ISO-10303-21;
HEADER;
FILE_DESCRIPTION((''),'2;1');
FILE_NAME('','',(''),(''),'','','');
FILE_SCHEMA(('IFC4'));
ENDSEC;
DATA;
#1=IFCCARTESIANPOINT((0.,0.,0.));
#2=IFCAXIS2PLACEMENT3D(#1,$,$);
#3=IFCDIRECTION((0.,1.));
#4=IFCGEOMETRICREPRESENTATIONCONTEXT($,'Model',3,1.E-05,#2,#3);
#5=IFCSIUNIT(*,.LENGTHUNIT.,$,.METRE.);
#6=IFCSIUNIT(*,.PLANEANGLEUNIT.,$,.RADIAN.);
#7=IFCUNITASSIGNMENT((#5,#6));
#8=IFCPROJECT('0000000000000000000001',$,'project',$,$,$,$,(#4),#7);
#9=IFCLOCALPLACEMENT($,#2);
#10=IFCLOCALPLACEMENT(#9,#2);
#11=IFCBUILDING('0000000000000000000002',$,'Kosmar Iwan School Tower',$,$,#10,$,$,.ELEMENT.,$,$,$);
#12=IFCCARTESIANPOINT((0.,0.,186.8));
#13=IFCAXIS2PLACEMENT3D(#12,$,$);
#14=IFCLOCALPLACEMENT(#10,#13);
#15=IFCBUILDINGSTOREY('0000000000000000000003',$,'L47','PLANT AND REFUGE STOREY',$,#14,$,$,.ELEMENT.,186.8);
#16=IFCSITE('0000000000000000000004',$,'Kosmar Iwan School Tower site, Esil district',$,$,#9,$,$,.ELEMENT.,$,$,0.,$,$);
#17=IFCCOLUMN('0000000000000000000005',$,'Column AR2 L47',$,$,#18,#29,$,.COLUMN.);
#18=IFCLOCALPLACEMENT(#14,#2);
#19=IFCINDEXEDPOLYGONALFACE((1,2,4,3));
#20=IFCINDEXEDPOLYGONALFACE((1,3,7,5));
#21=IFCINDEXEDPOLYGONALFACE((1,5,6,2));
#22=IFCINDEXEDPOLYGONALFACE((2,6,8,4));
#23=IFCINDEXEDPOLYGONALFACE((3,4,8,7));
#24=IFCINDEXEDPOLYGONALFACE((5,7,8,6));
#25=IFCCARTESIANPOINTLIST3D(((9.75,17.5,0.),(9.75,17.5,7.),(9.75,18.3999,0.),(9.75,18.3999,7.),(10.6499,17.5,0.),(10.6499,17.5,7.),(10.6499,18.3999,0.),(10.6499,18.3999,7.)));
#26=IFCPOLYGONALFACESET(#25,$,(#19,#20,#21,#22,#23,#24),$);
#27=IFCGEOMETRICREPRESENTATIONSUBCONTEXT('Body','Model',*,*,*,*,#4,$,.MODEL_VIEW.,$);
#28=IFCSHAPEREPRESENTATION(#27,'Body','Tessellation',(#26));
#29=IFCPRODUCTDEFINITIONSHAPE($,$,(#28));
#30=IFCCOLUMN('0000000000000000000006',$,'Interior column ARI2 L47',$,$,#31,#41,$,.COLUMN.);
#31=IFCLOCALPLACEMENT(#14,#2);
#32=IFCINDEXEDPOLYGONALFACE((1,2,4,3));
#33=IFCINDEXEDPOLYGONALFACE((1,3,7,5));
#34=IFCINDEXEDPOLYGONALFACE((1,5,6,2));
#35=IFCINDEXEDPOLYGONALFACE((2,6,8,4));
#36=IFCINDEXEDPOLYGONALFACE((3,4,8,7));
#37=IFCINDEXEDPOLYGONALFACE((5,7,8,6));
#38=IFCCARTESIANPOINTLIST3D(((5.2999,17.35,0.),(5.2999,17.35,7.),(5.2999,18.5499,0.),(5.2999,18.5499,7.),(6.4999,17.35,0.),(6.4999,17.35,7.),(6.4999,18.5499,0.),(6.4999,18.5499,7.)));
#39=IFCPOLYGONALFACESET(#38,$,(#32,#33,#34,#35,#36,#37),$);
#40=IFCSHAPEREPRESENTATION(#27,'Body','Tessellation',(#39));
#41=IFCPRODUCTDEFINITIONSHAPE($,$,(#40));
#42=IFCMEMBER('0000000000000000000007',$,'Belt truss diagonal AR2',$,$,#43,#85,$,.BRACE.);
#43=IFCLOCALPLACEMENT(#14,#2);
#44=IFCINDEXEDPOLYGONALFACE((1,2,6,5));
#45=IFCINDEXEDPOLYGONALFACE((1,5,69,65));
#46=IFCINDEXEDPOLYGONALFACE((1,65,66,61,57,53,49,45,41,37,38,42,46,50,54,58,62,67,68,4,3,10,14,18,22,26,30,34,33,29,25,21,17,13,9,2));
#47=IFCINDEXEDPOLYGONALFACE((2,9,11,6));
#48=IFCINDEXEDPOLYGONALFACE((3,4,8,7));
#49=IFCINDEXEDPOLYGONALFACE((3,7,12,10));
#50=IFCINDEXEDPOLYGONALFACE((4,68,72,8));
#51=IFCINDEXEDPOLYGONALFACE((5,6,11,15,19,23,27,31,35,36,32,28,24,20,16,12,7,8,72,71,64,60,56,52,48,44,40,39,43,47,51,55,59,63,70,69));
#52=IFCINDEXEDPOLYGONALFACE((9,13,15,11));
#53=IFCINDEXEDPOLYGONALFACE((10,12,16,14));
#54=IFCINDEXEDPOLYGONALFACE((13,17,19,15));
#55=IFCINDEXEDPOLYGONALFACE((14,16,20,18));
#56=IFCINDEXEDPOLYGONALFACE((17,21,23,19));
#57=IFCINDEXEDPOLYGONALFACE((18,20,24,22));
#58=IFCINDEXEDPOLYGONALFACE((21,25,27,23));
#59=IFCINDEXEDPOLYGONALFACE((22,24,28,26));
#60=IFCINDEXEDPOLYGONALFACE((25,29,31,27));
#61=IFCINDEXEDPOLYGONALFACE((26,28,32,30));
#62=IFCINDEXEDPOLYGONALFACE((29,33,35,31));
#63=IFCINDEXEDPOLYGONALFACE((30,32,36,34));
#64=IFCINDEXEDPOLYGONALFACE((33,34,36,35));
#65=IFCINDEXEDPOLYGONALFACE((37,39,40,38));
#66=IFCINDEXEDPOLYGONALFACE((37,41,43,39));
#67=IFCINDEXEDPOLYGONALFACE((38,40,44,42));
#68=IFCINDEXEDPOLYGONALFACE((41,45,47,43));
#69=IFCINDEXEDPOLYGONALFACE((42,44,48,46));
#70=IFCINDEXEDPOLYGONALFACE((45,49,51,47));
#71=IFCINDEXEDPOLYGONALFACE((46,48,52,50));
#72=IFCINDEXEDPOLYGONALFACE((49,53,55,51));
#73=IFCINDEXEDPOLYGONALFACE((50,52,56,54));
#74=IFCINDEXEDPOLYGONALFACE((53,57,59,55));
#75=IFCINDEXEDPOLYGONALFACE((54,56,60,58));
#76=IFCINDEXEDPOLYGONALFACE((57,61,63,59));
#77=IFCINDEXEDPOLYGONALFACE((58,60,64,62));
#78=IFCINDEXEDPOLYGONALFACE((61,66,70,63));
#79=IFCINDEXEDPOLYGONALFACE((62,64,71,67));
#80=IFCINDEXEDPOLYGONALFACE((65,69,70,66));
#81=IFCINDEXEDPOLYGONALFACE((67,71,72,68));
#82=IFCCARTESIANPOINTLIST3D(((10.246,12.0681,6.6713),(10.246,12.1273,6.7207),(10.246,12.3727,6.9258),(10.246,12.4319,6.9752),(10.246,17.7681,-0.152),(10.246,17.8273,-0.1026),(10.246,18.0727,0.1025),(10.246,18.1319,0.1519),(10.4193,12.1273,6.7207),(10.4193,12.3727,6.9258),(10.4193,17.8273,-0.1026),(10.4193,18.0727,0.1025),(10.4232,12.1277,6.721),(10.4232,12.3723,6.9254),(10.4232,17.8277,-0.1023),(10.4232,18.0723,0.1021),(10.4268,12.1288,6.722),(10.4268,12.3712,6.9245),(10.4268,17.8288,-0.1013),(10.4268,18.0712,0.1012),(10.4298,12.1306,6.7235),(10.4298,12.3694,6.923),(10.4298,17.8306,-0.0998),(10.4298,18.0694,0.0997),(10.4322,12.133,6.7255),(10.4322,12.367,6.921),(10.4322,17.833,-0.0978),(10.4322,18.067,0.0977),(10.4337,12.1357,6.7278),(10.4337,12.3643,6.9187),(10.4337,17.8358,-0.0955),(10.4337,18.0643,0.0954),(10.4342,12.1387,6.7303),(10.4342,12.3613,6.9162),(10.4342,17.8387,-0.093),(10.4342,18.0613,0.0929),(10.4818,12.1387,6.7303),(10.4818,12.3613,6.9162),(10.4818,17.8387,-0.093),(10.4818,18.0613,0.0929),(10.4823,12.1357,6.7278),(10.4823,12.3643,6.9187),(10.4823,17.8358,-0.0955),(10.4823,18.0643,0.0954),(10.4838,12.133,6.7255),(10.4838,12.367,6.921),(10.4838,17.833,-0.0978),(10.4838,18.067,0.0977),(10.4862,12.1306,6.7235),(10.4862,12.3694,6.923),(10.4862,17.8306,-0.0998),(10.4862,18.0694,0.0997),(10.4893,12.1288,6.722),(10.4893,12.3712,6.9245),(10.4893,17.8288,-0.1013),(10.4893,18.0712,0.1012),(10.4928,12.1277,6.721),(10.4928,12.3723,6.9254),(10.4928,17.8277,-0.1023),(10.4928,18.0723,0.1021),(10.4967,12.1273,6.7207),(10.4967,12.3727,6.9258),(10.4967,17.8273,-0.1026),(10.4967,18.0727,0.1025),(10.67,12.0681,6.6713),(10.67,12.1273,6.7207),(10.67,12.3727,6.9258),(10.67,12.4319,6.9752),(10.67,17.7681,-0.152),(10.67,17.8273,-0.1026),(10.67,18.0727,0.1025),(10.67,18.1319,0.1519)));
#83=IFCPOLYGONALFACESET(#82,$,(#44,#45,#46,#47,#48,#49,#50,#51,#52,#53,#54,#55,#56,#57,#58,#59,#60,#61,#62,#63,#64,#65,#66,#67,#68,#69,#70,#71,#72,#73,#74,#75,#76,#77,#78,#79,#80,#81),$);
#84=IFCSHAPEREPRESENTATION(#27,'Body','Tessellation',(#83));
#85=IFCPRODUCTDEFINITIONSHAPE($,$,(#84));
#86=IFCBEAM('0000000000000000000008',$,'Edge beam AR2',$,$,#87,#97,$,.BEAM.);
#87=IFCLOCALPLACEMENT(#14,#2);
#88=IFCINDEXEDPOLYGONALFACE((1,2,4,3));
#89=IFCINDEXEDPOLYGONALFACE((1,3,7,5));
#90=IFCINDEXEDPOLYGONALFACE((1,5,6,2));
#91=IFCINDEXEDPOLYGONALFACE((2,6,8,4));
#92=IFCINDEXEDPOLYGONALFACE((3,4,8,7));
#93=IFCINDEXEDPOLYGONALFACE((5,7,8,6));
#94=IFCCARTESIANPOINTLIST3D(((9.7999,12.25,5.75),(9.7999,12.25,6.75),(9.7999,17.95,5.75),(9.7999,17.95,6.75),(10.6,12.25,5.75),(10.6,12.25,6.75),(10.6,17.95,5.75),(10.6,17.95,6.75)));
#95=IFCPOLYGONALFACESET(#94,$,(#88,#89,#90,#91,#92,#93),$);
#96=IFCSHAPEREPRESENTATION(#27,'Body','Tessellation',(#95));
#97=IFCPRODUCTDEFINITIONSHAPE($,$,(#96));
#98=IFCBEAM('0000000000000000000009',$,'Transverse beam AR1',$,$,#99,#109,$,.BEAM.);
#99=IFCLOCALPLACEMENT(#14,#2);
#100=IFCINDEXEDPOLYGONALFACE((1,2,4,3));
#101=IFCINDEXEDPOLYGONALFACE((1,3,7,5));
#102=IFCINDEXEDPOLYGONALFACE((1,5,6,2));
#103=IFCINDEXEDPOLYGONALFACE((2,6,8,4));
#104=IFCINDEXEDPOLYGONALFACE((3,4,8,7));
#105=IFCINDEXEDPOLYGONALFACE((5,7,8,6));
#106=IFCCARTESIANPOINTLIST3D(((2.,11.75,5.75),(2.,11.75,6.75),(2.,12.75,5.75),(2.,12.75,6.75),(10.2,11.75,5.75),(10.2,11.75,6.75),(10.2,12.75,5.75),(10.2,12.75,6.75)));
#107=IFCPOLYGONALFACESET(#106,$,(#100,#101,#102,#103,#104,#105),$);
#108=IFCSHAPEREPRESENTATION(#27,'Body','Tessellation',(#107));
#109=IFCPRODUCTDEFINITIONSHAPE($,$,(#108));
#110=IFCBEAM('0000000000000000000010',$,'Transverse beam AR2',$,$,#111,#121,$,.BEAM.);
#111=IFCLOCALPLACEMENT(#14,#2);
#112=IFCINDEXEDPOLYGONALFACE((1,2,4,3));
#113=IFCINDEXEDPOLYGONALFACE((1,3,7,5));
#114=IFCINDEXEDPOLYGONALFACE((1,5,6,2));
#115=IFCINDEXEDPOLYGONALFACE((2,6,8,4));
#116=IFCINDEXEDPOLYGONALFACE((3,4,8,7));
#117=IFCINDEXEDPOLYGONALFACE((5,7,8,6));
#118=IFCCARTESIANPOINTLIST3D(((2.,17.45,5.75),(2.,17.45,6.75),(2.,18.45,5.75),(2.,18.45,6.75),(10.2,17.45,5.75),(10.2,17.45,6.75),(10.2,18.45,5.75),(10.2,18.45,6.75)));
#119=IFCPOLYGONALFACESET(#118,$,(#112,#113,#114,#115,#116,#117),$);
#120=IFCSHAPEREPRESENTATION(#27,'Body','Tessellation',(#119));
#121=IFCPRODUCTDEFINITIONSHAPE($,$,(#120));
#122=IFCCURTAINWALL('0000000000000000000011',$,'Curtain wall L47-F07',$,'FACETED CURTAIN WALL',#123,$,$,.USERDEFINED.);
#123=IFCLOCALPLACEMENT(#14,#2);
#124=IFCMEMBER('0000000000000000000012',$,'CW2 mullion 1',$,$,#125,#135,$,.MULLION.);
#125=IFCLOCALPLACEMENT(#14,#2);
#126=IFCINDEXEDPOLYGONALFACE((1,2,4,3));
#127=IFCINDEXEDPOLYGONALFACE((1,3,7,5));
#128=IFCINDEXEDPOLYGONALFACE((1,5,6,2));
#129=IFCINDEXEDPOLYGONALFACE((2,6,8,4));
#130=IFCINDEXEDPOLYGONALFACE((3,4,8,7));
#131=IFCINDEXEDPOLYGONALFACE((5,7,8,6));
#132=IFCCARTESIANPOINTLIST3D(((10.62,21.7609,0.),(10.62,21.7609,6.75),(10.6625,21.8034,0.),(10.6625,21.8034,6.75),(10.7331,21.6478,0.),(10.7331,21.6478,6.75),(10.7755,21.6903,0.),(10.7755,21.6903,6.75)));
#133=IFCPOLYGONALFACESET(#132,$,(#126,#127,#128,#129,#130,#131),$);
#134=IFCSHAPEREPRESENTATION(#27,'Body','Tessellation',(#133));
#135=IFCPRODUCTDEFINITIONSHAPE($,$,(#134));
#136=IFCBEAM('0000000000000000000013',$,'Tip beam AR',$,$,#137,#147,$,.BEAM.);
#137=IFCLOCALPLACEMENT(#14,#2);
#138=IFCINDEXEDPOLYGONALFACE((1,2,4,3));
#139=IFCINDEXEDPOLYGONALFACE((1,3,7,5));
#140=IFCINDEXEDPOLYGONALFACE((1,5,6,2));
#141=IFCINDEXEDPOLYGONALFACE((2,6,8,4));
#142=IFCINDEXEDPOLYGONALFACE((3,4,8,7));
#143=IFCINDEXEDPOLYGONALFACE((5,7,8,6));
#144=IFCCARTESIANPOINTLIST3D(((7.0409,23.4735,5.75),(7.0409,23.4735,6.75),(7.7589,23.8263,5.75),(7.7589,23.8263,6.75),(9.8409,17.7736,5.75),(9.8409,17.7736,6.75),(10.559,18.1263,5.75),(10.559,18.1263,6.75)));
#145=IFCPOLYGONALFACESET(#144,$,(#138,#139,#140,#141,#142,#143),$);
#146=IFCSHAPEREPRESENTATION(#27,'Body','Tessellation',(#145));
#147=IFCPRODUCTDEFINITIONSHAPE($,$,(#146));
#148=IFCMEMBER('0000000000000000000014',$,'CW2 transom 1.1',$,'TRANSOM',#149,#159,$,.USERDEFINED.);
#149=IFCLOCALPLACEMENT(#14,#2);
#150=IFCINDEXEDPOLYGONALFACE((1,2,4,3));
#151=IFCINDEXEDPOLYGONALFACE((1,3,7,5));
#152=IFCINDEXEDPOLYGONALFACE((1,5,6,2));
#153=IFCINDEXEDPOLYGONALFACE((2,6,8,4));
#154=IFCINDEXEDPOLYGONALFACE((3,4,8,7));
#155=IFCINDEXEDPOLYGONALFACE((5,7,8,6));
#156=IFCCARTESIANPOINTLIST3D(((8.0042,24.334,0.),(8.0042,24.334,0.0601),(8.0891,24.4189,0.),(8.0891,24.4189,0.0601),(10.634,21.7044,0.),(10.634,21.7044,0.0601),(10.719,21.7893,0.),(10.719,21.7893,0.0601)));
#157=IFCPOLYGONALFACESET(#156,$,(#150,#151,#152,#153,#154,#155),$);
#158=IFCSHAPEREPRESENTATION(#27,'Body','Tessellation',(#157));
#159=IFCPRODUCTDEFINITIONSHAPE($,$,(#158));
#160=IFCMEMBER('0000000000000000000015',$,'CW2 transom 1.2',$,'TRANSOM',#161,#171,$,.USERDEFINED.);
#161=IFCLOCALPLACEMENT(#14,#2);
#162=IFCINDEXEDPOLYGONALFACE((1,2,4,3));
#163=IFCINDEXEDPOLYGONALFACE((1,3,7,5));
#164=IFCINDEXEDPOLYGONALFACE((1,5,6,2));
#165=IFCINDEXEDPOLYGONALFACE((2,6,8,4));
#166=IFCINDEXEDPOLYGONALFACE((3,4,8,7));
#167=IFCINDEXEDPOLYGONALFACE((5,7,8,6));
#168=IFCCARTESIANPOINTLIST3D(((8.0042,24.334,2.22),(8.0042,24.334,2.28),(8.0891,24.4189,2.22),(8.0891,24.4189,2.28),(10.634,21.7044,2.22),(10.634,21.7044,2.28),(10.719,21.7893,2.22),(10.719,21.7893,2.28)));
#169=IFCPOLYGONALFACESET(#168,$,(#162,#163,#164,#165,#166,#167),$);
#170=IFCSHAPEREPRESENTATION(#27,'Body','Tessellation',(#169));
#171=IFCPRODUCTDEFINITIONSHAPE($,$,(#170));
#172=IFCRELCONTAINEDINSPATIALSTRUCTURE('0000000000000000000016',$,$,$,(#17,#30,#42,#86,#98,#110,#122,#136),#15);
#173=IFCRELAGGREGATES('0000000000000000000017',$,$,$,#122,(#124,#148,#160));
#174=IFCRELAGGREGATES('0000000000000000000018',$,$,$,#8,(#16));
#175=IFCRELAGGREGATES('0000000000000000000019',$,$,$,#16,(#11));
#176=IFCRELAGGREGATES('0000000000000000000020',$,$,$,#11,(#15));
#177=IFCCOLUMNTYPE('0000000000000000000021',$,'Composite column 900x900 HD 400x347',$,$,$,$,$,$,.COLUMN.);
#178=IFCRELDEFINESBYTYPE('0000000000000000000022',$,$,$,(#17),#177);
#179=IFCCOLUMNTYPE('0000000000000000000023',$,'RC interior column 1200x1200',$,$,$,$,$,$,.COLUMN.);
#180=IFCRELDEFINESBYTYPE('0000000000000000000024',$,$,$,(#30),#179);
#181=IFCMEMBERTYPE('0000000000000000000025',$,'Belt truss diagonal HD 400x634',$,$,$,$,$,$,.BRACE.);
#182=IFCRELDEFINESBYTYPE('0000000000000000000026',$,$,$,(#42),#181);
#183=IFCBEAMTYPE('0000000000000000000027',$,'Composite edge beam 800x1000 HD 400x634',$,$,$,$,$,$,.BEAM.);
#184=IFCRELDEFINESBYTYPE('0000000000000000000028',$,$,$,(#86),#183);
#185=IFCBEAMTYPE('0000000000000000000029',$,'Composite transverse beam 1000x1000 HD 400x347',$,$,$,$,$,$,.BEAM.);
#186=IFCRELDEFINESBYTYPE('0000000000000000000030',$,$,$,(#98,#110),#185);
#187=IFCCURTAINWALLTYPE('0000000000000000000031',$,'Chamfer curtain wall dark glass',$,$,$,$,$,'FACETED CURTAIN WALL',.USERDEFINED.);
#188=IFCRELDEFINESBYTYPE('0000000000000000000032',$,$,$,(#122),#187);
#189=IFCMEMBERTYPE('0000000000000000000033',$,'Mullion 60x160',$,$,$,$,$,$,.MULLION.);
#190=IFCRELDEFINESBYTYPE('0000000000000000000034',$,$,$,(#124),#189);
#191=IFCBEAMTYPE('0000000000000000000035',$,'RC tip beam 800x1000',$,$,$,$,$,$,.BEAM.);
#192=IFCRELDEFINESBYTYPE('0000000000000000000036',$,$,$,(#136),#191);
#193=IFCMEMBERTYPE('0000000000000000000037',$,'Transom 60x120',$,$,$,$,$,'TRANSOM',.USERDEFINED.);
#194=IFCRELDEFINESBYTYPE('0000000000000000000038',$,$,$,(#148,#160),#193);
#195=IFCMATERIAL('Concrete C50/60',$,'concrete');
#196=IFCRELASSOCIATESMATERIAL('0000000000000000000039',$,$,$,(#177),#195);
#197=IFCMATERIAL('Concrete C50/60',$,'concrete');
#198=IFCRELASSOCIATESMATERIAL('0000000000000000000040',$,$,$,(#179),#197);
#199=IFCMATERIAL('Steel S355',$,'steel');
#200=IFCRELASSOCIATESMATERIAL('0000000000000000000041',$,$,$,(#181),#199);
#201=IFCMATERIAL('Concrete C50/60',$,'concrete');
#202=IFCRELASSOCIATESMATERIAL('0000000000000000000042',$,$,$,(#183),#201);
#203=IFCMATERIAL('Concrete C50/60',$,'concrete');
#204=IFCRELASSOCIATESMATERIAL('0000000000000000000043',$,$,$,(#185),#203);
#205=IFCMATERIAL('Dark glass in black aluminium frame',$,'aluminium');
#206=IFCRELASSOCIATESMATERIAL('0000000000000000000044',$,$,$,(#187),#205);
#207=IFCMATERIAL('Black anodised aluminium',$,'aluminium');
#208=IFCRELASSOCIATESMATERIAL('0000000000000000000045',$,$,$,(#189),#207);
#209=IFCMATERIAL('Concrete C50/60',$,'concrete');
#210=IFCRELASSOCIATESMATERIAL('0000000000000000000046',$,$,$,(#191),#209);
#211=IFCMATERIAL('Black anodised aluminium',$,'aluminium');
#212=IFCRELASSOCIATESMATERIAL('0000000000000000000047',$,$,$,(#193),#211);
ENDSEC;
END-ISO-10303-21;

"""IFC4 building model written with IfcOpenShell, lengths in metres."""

from ifc_helpers import new_model, si_unit, direction, frame, origin, origin_2d, place, context, subcontext, project, spatial, rectangle, i_section, extrude, material, material_profile, profile_set, type_object, element, aggregate, save


model = new_model("IFC4")

# Units and contexts
model_context = context("Model", 3, precision=1e-05, world=origin(), true_north=direction((0.0, 1.0)))
body_context = subcontext(model_context, "Body", "Model", "MODEL_VIEW")
ifc_project = project(units=[si_unit("LENGTHUNIT", "METRE"), si_unit("PLANEANGLEUNIT", "RADIAN")], contexts=[model_context])

# Site, building, storey
site_placement = place(None, origin())
site = spatial("IfcSite", under=ifc_project, at=site_placement, Name="Kosmar Iwan School Tower site, Esil district", CompositionType="ELEMENT", RefElevation=0.0)
building_placement = place(site_placement, origin())
building = spatial("IfcBuilding", under=site, at=building_placement, Name="Kosmar Iwan School Tower", CompositionType="ELEMENT")
storey_placement = place(building_placement, frame((0.0, 0.0, 186.8)))
storey = spatial("IfcBuildingStorey", under=building, at=storey_placement, Name="L47", Description="PLANT AND REFUGE STOREY", CompositionType="ELEMENT", Elevation=186.8)

# Columns
ifc_material_1 = material(Name="Concrete C50/60", Category="concrete")
ifc_material_profile_1 = material_profile(ifc_material_1, rectangle(XDim=0.8999, YDim=0.8999, at=origin_2d()), Name="RC 900x900 + HD 400x347")
ifc_profile_set_1 = profile_set([ifc_material_profile_1], Name="Concrete C50/60")
column_type_1 = type_object("IfcColumnType", Name="Composite column 900x900 HD 400x347", PredefinedType="COLUMN", material=ifc_profile_set_1)
column_1_placement = place(storey_placement, frame((10.2, 17.95, 0.0), z_axis=(0.0, 0.0, 1.0), x_axis=(0.0, 1.0, 0.0)))
element("IfcColumn", 1, at=column_1_placement, inside=storey, type_object=column_type_1, Name="Column AR2 L47", PredefinedType="COLUMN", context=body_context, shape_type="SweptSolid", body=[
    extrude(rectangle(XDim=0.8999, YDim=0.8999, at=origin_2d()), origin(), (0.0, 0.0, 1.0), 7.0),
])
ifc_material_2 = material(Name="Concrete C50/60", Category="concrete")
ifc_material_profile_2 = material_profile(ifc_material_2, rectangle(XDim=1.2, YDim=1.2, at=origin_2d()), Name="RC 1200x1200")
ifc_profile_set_2 = profile_set([ifc_material_profile_2], Name="Concrete C50/60")
column_type_2 = type_object("IfcColumnType", Name="RC interior column 1200x1200", PredefinedType="COLUMN", material=ifc_profile_set_2)
column_2_placement = place(storey_placement, frame((5.8999, 17.95, 0.0), z_axis=(0.0, 0.0, 1.0), x_axis=(0.0, 1.0, 0.0)))
element("IfcColumn", 2, at=column_2_placement, inside=storey, type_object=column_type_2, Name="Interior column ARI2 L47", PredefinedType="COLUMN", context=body_context, shape_type="SweptSolid", body=[
    extrude(rectangle(XDim=1.2, YDim=1.2, at=origin_2d()), origin(), (0.0, 0.0, 1.0), 7.0),
])

# Member
ifc_material_3 = material(Name="Steel S355", Category="steel")
ifc_material_profile_3 = material_profile(ifc_material_3, i_section(OverallWidth=0.4241, OverallDepth=0.4741, WebThickness=0.0476, FlangeThickness=0.0771, FilletRadius=0.0149, at=origin_2d()), Name="HD 400x634")
ifc_profile_set_3 = profile_set([ifc_material_profile_3], Name="Steel S355")
member_type_1 = type_object("IfcMemberType", Name="Belt truss diagonal HD 400x634", PredefinedType="BRACE", material=ifc_profile_set_3)
member_1_placement = place(storey_placement, frame((10.458, 12.25, 6.8232), z_axis=(0.0, 0.641108, -0.767451), x_axis=(-1.0, 0.0, 0.0)))
element("IfcMember", 3, at=member_1_placement, inside=storey, type_object=member_type_1, Name="Belt truss diagonal AR2", PredefinedType="BRACE", context=body_context, shape_type="SweptSolid", body=[
    extrude(i_section(OverallWidth=0.4241, OverallDepth=0.4741, WebThickness=0.0476, FlangeThickness=0.0771, FilletRadius=0.0149, at=origin_2d()), origin(), (0.0, 0.0, 1.0), 8.8909),
])

# Beams
ifc_material_4 = material(Name="Concrete C50/60", Category="concrete")
ifc_material_profile_4 = material_profile(ifc_material_4, rectangle(XDim=0.8, YDim=1.0, at=origin_2d()), Name="RC 800x1000 + HD 400x634")
ifc_profile_set_4 = profile_set([ifc_material_profile_4], Name="Concrete C50/60")
beam_type_1 = type_object("IfcBeamType", Name="Composite edge beam 800x1000 HD 400x634", PredefinedType="BEAM", material=ifc_profile_set_4)
beam_1_placement = place(storey_placement, frame((10.2, 12.25, 6.25), z_axis=(0.0, 1.0, 0.0), x_axis=(-1.0, 0.0, 0.0)))
element("IfcBeam", 4, at=beam_1_placement, inside=storey, type_object=beam_type_1, Name="Edge beam AR2", PredefinedType="BEAM", context=body_context, shape_type="SweptSolid", body=[
    extrude(rectangle(XDim=0.8, YDim=1.0, at=origin_2d()), origin(), (0.0, 0.0, 1.0), 5.7),
])
ifc_material_5 = material(Name="Concrete C50/60", Category="concrete")
ifc_material_profile_5 = material_profile(ifc_material_5, rectangle(XDim=1.0, YDim=1.0, at=origin_2d()), Name="RC 1000x1000 + HD 400x347")
ifc_profile_set_5 = profile_set([ifc_material_profile_5], Name="Concrete C50/60")
beam_type_2 = type_object("IfcBeamType", Name="Composite transverse beam 1000x1000 HD 400x347", PredefinedType="BEAM", material=ifc_profile_set_5)
for number, where, z_axis, x_axis, name in (
    (5, (10.2, 12.25, 6.25), (-1.0, 0.0, 0.0), (0.0, -1.0, 0.0), "Transverse beam AR1"),
    (6, (10.2, 17.95, 6.25), (-1.0, 0.0, 0.0), (0.0, -1.0, 0.0), "Transverse beam AR2"),
):
    element("IfcBeam", number, at=place(storey_placement, frame(where, z_axis=z_axis, x_axis=x_axis)), inside=storey, type_object=beam_type_2, Name=name, PredefinedType="BEAM", context=body_context, shape_type="SweptSolid", body=[
        extrude(rectangle(XDim=1.0, YDim=1.0, at=origin_2d()), origin(), (0.0, 0.0, 1.0), 8.2),
    ])

# Curtain wall, member
ifc_material_6 = material(Name="Dark glass in black aluminium frame", Category="aluminium")
curtain_wall_type = type_object("IfcCurtainWallType", Name="Chamfer curtain wall dark glass", ElementType="FACETED CURTAIN WALL", PredefinedType="USERDEFINED", material=ifc_material_6)
curtain_wall_placement = place(storey_placement, origin())
curtain_wall = element("IfcCurtainWall", 7, at=curtain_wall_placement, inside=storey, type_object=curtain_wall_type, Name="Curtain wall L47-F07", ObjectType="FACETED CURTAIN WALL", PredefinedType="USERDEFINED")
ifc_material_7 = material(Name="Black anodised aluminium", Category="aluminium")
ifc_material_profile_6 = material_profile(ifc_material_7, rectangle(XDim=0.0601, YDim=0.1599, at=origin_2d()), Name="MULLION 60x160")
ifc_profile_set_6 = profile_set([ifc_material_profile_6], Name="Black anodised aluminium")
member_type_2 = type_object("IfcMemberType", Name="Mullion 60x160", PredefinedType="MULLION", material=ifc_profile_set_6)
member_2_placement = place(storey_placement, frame((10.6978, 21.7256, 0.0), z_axis=(0.0, 0.0, 1.0), x_axis=(-0.707107, -0.707107, 0.0)))
member_2 = element("IfcMember", 8, at=member_2_placement, type_object=member_type_2, Name="CW2 mullion 1", PredefinedType="MULLION", context=body_context, shape_type="SweptSolid", body=[
    extrude(rectangle(XDim=0.0601, YDim=0.1599, at=origin_2d()), origin(), (0.0, 0.0, 1.0), 6.75),
])

# Beam
ifc_material_8 = material(Name="Concrete C50/60", Category="concrete")
ifc_material_profile_7 = material_profile(ifc_material_8, rectangle(XDim=0.8, YDim=1.0, at=origin_2d()), Name="RC 800x1000")
ifc_profile_set_7 = profile_set([ifc_material_profile_7], Name="Concrete C50/60")
beam_type_3 = type_object("IfcBeamType", Name="RC tip beam 800x1000", PredefinedType="BEAM", material=ifc_profile_set_7)
beam_2_placement = place(storey_placement, frame((10.2, 17.95, 6.25), z_axis=(-0.440913, 0.89755, 0.0), x_axis=(-0.89755, -0.440913, 0.0)))
element("IfcBeam", 9, at=beam_2_placement, inside=storey, type_object=beam_type_3, Name="Tip beam AR", PredefinedType="BEAM", context=body_context, shape_type="SweptSolid", body=[
    extrude(rectangle(XDim=0.8, YDim=1.0, at=origin_2d()), origin(), (0.0, 0.0, 1.0), 6.3506),
])

# Members
ifc_material_9 = material(Name="Black anodised aluminium", Category="aluminium")
ifc_material_profile_8 = material_profile(ifc_material_9, rectangle(XDim=0.1201, YDim=0.0601, at=origin_2d()), Name="TRANSOM 60x120")
ifc_profile_set_8 = profile_set([ifc_material_profile_8], Name="Black anodised aluminium")
member_type_3 = type_object("IfcMemberType", Name="Transom 60x120", ElementType="TRANSOM", PredefinedType="USERDEFINED", material=ifc_profile_set_8)
member_3_placement = place(storey_placement, frame((10.6765, 21.7468, 0.03), z_axis=(-0.70714, 0.707074, 0.0), x_axis=(-0.707074, -0.70714, 0.0)))
member_3 = element("IfcMember", 10, at=member_3_placement, type_object=member_type_3, Name="CW2 transom 1.1", ObjectType="TRANSOM", PredefinedType="USERDEFINED", context=body_context, shape_type="SweptSolid", body=[
    extrude(rectangle(XDim=0.1201, YDim=0.0601, at=origin_2d()), origin(), (0.0, 0.0, 1.0), 3.719),
])
member_4_placement = place(storey_placement, frame((10.6765, 21.7468, 2.25), z_axis=(-0.70714, 0.707074, 0.0), x_axis=(-0.707074, -0.70714, 0.0)))
member_4 = element("IfcMember", 11, at=member_4_placement, type_object=member_type_3, Name="CW2 transom 1.2", ObjectType="TRANSOM", PredefinedType="USERDEFINED", context=body_context, shape_type="SweptSolid", body=[
    extrude(rectangle(XDim=0.1201, YDim=0.0601, at=origin_2d()), origin(), (0.0, 0.0, 1.0), 3.719),
])
aggregate(curtain_wall, [member_2, member_3, member_4])

save(model, "model.ifc")
